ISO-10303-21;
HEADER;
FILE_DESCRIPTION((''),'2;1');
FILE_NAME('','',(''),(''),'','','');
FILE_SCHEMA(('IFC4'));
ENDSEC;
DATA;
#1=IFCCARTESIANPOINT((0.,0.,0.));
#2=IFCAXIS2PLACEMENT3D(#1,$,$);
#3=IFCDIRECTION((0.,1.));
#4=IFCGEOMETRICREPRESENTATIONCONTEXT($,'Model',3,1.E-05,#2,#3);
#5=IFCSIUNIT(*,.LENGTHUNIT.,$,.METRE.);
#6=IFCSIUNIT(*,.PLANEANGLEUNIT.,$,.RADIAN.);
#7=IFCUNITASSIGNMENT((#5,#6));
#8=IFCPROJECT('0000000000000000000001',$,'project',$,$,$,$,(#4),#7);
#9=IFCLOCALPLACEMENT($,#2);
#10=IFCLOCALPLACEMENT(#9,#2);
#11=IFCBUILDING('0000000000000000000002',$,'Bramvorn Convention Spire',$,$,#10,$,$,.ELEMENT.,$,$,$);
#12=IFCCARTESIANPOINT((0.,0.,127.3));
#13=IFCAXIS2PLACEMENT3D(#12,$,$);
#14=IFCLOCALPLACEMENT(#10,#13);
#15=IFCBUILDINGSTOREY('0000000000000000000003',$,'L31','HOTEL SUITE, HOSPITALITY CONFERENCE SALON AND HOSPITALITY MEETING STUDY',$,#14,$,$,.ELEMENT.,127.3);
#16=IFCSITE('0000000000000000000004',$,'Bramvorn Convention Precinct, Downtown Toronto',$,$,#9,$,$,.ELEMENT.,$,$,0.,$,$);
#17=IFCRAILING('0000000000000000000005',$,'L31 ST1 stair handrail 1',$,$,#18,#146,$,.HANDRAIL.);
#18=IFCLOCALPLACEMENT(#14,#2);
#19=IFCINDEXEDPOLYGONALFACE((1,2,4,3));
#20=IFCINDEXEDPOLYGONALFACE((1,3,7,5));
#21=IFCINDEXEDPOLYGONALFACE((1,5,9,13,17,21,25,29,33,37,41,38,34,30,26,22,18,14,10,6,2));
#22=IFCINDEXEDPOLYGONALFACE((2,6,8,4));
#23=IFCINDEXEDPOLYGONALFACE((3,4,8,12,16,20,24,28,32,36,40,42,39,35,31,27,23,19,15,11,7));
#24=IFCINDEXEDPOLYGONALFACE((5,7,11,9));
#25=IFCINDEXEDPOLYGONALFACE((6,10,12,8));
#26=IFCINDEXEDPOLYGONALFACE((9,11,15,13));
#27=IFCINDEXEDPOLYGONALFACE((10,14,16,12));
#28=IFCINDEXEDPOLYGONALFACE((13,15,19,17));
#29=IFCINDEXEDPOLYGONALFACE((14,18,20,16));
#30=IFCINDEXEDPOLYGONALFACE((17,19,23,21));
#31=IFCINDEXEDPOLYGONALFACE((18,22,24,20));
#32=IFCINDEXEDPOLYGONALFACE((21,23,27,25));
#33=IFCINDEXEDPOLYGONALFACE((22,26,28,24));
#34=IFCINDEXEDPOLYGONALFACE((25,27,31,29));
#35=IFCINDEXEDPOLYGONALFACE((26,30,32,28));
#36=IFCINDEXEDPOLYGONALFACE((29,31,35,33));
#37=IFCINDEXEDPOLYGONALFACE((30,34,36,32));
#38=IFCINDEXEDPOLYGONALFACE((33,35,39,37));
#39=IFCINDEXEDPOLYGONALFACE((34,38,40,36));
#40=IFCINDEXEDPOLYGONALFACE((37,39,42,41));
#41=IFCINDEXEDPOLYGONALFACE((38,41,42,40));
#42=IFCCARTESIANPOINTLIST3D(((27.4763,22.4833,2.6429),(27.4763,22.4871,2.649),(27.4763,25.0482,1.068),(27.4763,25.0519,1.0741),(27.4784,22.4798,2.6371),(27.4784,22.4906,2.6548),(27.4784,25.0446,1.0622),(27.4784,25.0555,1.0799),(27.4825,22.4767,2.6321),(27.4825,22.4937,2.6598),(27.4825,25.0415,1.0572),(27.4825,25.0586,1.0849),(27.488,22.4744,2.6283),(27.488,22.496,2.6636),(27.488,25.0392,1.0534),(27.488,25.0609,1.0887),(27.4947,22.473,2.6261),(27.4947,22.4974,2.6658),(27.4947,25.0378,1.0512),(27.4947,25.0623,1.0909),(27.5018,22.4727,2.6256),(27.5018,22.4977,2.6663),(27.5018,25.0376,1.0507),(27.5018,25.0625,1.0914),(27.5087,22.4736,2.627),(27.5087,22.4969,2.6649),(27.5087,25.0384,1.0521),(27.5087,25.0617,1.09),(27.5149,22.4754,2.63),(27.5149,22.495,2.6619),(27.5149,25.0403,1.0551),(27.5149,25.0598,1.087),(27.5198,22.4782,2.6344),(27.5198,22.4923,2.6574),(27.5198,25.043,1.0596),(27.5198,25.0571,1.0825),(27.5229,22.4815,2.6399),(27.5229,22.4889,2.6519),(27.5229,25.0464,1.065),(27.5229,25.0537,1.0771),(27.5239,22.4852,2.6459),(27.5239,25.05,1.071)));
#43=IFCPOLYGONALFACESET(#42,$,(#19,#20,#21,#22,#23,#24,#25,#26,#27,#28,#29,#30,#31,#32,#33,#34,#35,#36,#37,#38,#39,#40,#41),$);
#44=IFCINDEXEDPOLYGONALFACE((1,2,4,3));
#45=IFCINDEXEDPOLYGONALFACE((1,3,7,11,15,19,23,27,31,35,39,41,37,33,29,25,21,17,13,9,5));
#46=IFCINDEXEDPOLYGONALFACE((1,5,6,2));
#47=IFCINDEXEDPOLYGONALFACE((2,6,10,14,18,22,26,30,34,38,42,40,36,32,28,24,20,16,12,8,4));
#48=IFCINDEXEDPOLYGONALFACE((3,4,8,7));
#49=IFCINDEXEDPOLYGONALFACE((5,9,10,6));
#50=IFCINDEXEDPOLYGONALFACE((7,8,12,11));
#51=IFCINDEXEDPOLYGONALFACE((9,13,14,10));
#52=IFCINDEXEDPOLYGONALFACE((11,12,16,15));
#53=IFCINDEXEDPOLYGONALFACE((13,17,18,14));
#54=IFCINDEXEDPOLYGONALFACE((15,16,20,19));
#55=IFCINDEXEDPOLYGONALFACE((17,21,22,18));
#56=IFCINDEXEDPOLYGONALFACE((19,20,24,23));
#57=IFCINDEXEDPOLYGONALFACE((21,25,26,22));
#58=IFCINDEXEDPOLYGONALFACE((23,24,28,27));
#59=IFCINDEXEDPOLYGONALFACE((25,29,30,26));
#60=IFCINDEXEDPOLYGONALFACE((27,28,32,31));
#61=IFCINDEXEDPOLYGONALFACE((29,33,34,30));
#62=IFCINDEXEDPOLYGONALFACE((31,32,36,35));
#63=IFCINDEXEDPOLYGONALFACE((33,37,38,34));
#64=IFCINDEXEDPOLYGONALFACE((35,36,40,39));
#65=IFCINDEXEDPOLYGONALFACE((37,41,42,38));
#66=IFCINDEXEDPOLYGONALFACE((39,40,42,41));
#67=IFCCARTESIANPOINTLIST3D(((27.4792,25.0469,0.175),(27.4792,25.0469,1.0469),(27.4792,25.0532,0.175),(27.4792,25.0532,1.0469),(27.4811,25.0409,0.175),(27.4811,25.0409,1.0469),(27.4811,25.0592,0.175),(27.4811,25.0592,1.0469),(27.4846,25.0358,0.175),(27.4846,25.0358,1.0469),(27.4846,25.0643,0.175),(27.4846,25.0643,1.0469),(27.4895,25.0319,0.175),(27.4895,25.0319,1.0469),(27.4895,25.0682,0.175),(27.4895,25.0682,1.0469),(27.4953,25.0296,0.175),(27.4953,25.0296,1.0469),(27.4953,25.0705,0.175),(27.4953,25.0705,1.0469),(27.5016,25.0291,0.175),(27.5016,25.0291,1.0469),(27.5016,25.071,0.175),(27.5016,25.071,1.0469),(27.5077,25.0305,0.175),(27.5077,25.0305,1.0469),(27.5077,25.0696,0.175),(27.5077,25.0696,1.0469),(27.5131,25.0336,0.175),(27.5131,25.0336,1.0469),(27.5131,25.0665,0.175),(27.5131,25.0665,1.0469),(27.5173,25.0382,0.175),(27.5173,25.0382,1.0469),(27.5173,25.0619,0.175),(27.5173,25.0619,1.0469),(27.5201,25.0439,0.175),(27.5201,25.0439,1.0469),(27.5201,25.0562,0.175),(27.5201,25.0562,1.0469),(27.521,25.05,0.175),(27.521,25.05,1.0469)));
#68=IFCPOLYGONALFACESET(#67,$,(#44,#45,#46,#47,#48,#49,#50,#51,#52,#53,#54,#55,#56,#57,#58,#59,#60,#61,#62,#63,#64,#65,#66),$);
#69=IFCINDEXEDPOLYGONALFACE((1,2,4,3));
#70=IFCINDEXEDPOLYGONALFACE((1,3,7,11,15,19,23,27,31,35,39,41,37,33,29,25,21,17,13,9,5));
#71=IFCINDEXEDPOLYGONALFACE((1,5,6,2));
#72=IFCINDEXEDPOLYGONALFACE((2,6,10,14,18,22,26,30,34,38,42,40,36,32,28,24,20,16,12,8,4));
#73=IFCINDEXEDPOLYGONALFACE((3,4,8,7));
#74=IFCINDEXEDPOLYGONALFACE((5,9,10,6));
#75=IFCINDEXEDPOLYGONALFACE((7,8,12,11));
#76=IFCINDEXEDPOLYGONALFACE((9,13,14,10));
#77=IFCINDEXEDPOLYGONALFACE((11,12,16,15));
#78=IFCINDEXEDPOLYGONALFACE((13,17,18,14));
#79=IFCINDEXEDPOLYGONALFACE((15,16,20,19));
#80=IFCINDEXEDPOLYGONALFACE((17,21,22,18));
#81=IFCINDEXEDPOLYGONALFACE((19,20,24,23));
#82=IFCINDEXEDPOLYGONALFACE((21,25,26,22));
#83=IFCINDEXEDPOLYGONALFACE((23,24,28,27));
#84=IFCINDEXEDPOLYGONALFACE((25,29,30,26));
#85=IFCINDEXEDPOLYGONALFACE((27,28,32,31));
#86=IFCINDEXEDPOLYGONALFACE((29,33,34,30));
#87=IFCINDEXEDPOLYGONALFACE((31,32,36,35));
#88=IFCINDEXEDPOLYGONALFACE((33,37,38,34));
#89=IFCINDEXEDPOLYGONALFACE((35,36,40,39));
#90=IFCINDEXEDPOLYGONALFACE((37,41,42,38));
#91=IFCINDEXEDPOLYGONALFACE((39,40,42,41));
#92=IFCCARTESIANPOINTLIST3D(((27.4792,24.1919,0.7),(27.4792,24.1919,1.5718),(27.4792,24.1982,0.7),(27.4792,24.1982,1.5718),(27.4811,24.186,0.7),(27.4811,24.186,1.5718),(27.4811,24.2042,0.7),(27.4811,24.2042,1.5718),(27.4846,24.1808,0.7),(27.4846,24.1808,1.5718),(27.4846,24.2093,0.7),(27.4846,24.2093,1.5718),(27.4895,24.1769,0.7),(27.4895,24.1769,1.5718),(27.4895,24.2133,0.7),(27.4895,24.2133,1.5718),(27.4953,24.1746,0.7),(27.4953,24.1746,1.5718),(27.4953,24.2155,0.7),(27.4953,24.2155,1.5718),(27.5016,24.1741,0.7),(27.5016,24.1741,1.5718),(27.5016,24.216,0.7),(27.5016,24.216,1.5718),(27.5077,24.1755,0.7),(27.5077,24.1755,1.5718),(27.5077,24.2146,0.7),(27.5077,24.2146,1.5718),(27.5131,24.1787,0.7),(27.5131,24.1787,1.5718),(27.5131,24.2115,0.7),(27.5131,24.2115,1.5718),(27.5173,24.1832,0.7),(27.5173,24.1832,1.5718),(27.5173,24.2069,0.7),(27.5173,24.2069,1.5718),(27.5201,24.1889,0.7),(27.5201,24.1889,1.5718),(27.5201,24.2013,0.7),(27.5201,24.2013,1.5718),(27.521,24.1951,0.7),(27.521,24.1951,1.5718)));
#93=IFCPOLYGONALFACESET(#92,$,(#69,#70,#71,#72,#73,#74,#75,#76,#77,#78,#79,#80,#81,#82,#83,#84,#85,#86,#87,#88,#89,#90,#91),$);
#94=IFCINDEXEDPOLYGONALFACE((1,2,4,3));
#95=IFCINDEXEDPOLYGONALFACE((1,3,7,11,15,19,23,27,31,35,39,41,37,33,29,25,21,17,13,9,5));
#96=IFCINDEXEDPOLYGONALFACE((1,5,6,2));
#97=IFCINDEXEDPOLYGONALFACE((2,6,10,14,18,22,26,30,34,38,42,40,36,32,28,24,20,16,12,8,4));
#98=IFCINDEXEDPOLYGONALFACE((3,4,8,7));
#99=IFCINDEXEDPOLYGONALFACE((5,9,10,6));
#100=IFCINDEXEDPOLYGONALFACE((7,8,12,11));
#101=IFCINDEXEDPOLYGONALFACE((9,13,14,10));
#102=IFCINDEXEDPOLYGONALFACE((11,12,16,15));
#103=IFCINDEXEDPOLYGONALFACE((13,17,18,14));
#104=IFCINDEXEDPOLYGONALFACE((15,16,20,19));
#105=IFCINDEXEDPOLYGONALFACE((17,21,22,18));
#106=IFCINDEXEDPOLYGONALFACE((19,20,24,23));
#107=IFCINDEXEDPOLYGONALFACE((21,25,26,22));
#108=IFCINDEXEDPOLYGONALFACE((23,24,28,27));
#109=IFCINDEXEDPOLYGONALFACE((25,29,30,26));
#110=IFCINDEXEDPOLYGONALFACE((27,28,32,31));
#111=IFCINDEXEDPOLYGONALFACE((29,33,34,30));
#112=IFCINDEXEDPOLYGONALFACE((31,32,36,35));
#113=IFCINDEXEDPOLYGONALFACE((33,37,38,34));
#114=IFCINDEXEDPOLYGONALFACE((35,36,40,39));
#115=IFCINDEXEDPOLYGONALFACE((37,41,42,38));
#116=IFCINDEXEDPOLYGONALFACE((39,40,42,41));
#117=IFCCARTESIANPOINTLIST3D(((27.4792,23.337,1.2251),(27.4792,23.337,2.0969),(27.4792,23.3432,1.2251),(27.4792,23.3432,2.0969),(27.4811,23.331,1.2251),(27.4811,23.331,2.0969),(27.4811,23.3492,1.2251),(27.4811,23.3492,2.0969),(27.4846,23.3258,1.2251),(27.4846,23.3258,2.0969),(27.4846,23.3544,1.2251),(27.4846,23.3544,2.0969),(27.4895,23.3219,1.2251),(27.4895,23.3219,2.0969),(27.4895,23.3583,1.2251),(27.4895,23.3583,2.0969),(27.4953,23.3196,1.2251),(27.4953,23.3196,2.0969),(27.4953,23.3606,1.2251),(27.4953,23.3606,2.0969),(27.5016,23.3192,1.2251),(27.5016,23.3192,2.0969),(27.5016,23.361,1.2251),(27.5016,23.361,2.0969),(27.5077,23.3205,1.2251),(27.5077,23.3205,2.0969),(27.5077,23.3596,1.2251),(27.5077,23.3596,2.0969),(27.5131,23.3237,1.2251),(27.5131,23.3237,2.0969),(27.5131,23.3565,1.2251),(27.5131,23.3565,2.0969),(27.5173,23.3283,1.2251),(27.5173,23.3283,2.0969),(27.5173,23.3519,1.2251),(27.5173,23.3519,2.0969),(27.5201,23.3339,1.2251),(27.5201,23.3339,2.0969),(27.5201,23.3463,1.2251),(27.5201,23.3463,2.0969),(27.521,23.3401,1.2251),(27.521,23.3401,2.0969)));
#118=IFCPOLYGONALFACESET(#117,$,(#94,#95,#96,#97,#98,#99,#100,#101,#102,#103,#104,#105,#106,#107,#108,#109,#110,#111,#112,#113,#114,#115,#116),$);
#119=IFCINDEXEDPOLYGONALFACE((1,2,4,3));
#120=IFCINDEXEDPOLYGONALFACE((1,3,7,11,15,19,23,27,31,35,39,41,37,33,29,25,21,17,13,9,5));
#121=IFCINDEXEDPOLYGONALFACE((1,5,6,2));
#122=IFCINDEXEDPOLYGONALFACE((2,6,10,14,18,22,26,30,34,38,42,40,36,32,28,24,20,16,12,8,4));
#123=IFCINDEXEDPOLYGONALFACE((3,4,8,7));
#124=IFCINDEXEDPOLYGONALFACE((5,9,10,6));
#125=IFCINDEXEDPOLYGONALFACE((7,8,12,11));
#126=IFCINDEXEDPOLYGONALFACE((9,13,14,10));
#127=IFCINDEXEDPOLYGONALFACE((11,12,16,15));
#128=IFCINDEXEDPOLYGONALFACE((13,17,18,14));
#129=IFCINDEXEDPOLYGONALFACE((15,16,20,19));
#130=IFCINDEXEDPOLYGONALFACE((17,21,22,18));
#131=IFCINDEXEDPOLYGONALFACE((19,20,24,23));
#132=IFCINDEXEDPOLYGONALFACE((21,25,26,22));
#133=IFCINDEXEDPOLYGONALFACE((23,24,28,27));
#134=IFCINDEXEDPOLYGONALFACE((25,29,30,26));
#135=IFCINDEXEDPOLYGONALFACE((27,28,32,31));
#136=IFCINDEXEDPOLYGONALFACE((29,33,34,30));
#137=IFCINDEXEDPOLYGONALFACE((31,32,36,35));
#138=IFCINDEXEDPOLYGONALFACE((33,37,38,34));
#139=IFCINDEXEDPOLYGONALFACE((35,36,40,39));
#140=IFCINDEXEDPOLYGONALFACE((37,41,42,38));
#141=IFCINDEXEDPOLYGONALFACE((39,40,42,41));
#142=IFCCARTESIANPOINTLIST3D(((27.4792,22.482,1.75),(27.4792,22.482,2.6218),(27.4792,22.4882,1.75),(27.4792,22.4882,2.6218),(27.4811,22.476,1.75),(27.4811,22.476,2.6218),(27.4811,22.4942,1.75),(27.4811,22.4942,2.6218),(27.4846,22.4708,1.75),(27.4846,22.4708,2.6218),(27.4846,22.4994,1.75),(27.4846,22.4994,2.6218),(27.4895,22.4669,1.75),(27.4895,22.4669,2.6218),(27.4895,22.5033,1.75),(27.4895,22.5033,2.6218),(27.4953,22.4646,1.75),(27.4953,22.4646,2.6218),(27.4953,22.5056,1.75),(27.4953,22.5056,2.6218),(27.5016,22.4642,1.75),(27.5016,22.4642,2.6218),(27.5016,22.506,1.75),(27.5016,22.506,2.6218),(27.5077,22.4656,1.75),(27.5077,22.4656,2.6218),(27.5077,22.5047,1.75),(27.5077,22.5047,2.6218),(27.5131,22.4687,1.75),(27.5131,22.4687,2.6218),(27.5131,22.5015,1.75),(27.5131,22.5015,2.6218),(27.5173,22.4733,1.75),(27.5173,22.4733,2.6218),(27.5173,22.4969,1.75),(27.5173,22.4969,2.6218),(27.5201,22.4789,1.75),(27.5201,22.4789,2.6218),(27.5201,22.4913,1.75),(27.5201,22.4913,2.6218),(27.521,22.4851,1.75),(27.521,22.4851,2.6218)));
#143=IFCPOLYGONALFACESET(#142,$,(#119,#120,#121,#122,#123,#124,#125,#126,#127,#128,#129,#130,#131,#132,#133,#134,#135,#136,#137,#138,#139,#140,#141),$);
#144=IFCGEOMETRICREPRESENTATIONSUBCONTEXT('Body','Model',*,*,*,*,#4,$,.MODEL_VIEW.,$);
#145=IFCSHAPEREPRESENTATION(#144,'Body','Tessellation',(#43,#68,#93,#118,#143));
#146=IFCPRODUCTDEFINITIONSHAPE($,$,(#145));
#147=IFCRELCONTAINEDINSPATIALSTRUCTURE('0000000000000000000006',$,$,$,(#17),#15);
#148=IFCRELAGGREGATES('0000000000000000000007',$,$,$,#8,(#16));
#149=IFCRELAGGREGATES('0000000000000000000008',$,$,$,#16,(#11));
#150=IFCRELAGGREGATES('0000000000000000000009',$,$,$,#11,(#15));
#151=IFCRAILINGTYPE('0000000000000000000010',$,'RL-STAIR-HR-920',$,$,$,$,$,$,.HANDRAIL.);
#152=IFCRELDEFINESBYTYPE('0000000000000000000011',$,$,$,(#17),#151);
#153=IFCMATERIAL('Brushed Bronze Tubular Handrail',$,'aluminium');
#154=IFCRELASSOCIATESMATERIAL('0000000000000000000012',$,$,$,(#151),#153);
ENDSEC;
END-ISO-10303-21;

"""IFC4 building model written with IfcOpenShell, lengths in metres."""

from ifc_helpers import new_model, si_unit, direction, frame, origin, origin_2d, place, context, subcontext, project, spatial, circle, extrude, material, type_object, element, save


model = new_model("IFC4")

# Units and contexts
model_context = context("Model", 3, precision=1e-05, world=origin(), true_north=direction((0.0, 1.0)))
body_context = subcontext(model_context, "Body", "Model", "MODEL_VIEW")
ifc_project = project(units=[si_unit("LENGTHUNIT", "METRE"), si_unit("PLANEANGLEUNIT", "RADIAN")], contexts=[model_context])

# Site, building, storey
site_placement = place(None, origin())
site = spatial("IfcSite", under=ifc_project, at=site_placement, Name="Bramvorn Convention Precinct, Downtown Toronto", CompositionType="ELEMENT", RefElevation=0.0)
building_placement = place(site_placement, origin())
building = spatial("IfcBuilding", under=site, at=building_placement, Name="Bramvorn Convention Spire", CompositionType="ELEMENT")
storey_placement = place(building_placement, frame((0.0, 0.0, 127.3)))
storey = spatial("IfcBuildingStorey", under=building, at=storey_placement, Name="L31", Description="HOTEL SUITE, HOSPITALITY CONFERENCE SALON AND HOSPITALITY MEETING STUDY", CompositionType="ELEMENT", Elevation=127.3)

# Railing
ifc_material_1 = material(Name="Brushed Bronze Tubular Handrail", Category="aluminium")
railing_type_1 = type_object("IfcRailingType", Name="RL-STAIR-HR-920", PredefinedType="HANDRAIL", material=ifc_material_1)
railing_1_placement = place(storey_placement, frame((27.5, 25.05, 0.175)))
element("IfcRailing", 1, at=railing_1_placement, inside=storey, type_object=railing_type_1, Name="L31 ST1 stair handrail 1", PredefinedType="HANDRAIL", context=body_context, shape_type="SweptSolid", body=[
    extrude(circle(Radius=0.0239, at=origin_2d()), frame((0.0, 0.0, 0.896), z_axis=(0.0, -0.852173, 0.52326), x_axis=(1.0, 0.0, 0.0)), (0.0, 0.0, 1.0), 3.0098),
    extrude(circle(Radius=0.021, at=origin_2d()), origin(), (0.0, 0.0, 1.0), 0.8718),
    extrude(circle(Radius=0.021, at=origin_2d()), frame((0.0, -0.855, 0.5249)), (0.0, 0.0, 1.0), 0.8718),
    extrude(circle(Radius=0.021, at=origin_2d()), frame((0.0, -1.71, 1.05)), (0.0, 0.0, 1.0), 0.8718),
    extrude(circle(Radius=0.021, at=origin_2d()), frame((0.0, -2.5649, 1.575)), (0.0, 0.0, 1.0), 0.8718),
])

save(model, "model.ifc")
